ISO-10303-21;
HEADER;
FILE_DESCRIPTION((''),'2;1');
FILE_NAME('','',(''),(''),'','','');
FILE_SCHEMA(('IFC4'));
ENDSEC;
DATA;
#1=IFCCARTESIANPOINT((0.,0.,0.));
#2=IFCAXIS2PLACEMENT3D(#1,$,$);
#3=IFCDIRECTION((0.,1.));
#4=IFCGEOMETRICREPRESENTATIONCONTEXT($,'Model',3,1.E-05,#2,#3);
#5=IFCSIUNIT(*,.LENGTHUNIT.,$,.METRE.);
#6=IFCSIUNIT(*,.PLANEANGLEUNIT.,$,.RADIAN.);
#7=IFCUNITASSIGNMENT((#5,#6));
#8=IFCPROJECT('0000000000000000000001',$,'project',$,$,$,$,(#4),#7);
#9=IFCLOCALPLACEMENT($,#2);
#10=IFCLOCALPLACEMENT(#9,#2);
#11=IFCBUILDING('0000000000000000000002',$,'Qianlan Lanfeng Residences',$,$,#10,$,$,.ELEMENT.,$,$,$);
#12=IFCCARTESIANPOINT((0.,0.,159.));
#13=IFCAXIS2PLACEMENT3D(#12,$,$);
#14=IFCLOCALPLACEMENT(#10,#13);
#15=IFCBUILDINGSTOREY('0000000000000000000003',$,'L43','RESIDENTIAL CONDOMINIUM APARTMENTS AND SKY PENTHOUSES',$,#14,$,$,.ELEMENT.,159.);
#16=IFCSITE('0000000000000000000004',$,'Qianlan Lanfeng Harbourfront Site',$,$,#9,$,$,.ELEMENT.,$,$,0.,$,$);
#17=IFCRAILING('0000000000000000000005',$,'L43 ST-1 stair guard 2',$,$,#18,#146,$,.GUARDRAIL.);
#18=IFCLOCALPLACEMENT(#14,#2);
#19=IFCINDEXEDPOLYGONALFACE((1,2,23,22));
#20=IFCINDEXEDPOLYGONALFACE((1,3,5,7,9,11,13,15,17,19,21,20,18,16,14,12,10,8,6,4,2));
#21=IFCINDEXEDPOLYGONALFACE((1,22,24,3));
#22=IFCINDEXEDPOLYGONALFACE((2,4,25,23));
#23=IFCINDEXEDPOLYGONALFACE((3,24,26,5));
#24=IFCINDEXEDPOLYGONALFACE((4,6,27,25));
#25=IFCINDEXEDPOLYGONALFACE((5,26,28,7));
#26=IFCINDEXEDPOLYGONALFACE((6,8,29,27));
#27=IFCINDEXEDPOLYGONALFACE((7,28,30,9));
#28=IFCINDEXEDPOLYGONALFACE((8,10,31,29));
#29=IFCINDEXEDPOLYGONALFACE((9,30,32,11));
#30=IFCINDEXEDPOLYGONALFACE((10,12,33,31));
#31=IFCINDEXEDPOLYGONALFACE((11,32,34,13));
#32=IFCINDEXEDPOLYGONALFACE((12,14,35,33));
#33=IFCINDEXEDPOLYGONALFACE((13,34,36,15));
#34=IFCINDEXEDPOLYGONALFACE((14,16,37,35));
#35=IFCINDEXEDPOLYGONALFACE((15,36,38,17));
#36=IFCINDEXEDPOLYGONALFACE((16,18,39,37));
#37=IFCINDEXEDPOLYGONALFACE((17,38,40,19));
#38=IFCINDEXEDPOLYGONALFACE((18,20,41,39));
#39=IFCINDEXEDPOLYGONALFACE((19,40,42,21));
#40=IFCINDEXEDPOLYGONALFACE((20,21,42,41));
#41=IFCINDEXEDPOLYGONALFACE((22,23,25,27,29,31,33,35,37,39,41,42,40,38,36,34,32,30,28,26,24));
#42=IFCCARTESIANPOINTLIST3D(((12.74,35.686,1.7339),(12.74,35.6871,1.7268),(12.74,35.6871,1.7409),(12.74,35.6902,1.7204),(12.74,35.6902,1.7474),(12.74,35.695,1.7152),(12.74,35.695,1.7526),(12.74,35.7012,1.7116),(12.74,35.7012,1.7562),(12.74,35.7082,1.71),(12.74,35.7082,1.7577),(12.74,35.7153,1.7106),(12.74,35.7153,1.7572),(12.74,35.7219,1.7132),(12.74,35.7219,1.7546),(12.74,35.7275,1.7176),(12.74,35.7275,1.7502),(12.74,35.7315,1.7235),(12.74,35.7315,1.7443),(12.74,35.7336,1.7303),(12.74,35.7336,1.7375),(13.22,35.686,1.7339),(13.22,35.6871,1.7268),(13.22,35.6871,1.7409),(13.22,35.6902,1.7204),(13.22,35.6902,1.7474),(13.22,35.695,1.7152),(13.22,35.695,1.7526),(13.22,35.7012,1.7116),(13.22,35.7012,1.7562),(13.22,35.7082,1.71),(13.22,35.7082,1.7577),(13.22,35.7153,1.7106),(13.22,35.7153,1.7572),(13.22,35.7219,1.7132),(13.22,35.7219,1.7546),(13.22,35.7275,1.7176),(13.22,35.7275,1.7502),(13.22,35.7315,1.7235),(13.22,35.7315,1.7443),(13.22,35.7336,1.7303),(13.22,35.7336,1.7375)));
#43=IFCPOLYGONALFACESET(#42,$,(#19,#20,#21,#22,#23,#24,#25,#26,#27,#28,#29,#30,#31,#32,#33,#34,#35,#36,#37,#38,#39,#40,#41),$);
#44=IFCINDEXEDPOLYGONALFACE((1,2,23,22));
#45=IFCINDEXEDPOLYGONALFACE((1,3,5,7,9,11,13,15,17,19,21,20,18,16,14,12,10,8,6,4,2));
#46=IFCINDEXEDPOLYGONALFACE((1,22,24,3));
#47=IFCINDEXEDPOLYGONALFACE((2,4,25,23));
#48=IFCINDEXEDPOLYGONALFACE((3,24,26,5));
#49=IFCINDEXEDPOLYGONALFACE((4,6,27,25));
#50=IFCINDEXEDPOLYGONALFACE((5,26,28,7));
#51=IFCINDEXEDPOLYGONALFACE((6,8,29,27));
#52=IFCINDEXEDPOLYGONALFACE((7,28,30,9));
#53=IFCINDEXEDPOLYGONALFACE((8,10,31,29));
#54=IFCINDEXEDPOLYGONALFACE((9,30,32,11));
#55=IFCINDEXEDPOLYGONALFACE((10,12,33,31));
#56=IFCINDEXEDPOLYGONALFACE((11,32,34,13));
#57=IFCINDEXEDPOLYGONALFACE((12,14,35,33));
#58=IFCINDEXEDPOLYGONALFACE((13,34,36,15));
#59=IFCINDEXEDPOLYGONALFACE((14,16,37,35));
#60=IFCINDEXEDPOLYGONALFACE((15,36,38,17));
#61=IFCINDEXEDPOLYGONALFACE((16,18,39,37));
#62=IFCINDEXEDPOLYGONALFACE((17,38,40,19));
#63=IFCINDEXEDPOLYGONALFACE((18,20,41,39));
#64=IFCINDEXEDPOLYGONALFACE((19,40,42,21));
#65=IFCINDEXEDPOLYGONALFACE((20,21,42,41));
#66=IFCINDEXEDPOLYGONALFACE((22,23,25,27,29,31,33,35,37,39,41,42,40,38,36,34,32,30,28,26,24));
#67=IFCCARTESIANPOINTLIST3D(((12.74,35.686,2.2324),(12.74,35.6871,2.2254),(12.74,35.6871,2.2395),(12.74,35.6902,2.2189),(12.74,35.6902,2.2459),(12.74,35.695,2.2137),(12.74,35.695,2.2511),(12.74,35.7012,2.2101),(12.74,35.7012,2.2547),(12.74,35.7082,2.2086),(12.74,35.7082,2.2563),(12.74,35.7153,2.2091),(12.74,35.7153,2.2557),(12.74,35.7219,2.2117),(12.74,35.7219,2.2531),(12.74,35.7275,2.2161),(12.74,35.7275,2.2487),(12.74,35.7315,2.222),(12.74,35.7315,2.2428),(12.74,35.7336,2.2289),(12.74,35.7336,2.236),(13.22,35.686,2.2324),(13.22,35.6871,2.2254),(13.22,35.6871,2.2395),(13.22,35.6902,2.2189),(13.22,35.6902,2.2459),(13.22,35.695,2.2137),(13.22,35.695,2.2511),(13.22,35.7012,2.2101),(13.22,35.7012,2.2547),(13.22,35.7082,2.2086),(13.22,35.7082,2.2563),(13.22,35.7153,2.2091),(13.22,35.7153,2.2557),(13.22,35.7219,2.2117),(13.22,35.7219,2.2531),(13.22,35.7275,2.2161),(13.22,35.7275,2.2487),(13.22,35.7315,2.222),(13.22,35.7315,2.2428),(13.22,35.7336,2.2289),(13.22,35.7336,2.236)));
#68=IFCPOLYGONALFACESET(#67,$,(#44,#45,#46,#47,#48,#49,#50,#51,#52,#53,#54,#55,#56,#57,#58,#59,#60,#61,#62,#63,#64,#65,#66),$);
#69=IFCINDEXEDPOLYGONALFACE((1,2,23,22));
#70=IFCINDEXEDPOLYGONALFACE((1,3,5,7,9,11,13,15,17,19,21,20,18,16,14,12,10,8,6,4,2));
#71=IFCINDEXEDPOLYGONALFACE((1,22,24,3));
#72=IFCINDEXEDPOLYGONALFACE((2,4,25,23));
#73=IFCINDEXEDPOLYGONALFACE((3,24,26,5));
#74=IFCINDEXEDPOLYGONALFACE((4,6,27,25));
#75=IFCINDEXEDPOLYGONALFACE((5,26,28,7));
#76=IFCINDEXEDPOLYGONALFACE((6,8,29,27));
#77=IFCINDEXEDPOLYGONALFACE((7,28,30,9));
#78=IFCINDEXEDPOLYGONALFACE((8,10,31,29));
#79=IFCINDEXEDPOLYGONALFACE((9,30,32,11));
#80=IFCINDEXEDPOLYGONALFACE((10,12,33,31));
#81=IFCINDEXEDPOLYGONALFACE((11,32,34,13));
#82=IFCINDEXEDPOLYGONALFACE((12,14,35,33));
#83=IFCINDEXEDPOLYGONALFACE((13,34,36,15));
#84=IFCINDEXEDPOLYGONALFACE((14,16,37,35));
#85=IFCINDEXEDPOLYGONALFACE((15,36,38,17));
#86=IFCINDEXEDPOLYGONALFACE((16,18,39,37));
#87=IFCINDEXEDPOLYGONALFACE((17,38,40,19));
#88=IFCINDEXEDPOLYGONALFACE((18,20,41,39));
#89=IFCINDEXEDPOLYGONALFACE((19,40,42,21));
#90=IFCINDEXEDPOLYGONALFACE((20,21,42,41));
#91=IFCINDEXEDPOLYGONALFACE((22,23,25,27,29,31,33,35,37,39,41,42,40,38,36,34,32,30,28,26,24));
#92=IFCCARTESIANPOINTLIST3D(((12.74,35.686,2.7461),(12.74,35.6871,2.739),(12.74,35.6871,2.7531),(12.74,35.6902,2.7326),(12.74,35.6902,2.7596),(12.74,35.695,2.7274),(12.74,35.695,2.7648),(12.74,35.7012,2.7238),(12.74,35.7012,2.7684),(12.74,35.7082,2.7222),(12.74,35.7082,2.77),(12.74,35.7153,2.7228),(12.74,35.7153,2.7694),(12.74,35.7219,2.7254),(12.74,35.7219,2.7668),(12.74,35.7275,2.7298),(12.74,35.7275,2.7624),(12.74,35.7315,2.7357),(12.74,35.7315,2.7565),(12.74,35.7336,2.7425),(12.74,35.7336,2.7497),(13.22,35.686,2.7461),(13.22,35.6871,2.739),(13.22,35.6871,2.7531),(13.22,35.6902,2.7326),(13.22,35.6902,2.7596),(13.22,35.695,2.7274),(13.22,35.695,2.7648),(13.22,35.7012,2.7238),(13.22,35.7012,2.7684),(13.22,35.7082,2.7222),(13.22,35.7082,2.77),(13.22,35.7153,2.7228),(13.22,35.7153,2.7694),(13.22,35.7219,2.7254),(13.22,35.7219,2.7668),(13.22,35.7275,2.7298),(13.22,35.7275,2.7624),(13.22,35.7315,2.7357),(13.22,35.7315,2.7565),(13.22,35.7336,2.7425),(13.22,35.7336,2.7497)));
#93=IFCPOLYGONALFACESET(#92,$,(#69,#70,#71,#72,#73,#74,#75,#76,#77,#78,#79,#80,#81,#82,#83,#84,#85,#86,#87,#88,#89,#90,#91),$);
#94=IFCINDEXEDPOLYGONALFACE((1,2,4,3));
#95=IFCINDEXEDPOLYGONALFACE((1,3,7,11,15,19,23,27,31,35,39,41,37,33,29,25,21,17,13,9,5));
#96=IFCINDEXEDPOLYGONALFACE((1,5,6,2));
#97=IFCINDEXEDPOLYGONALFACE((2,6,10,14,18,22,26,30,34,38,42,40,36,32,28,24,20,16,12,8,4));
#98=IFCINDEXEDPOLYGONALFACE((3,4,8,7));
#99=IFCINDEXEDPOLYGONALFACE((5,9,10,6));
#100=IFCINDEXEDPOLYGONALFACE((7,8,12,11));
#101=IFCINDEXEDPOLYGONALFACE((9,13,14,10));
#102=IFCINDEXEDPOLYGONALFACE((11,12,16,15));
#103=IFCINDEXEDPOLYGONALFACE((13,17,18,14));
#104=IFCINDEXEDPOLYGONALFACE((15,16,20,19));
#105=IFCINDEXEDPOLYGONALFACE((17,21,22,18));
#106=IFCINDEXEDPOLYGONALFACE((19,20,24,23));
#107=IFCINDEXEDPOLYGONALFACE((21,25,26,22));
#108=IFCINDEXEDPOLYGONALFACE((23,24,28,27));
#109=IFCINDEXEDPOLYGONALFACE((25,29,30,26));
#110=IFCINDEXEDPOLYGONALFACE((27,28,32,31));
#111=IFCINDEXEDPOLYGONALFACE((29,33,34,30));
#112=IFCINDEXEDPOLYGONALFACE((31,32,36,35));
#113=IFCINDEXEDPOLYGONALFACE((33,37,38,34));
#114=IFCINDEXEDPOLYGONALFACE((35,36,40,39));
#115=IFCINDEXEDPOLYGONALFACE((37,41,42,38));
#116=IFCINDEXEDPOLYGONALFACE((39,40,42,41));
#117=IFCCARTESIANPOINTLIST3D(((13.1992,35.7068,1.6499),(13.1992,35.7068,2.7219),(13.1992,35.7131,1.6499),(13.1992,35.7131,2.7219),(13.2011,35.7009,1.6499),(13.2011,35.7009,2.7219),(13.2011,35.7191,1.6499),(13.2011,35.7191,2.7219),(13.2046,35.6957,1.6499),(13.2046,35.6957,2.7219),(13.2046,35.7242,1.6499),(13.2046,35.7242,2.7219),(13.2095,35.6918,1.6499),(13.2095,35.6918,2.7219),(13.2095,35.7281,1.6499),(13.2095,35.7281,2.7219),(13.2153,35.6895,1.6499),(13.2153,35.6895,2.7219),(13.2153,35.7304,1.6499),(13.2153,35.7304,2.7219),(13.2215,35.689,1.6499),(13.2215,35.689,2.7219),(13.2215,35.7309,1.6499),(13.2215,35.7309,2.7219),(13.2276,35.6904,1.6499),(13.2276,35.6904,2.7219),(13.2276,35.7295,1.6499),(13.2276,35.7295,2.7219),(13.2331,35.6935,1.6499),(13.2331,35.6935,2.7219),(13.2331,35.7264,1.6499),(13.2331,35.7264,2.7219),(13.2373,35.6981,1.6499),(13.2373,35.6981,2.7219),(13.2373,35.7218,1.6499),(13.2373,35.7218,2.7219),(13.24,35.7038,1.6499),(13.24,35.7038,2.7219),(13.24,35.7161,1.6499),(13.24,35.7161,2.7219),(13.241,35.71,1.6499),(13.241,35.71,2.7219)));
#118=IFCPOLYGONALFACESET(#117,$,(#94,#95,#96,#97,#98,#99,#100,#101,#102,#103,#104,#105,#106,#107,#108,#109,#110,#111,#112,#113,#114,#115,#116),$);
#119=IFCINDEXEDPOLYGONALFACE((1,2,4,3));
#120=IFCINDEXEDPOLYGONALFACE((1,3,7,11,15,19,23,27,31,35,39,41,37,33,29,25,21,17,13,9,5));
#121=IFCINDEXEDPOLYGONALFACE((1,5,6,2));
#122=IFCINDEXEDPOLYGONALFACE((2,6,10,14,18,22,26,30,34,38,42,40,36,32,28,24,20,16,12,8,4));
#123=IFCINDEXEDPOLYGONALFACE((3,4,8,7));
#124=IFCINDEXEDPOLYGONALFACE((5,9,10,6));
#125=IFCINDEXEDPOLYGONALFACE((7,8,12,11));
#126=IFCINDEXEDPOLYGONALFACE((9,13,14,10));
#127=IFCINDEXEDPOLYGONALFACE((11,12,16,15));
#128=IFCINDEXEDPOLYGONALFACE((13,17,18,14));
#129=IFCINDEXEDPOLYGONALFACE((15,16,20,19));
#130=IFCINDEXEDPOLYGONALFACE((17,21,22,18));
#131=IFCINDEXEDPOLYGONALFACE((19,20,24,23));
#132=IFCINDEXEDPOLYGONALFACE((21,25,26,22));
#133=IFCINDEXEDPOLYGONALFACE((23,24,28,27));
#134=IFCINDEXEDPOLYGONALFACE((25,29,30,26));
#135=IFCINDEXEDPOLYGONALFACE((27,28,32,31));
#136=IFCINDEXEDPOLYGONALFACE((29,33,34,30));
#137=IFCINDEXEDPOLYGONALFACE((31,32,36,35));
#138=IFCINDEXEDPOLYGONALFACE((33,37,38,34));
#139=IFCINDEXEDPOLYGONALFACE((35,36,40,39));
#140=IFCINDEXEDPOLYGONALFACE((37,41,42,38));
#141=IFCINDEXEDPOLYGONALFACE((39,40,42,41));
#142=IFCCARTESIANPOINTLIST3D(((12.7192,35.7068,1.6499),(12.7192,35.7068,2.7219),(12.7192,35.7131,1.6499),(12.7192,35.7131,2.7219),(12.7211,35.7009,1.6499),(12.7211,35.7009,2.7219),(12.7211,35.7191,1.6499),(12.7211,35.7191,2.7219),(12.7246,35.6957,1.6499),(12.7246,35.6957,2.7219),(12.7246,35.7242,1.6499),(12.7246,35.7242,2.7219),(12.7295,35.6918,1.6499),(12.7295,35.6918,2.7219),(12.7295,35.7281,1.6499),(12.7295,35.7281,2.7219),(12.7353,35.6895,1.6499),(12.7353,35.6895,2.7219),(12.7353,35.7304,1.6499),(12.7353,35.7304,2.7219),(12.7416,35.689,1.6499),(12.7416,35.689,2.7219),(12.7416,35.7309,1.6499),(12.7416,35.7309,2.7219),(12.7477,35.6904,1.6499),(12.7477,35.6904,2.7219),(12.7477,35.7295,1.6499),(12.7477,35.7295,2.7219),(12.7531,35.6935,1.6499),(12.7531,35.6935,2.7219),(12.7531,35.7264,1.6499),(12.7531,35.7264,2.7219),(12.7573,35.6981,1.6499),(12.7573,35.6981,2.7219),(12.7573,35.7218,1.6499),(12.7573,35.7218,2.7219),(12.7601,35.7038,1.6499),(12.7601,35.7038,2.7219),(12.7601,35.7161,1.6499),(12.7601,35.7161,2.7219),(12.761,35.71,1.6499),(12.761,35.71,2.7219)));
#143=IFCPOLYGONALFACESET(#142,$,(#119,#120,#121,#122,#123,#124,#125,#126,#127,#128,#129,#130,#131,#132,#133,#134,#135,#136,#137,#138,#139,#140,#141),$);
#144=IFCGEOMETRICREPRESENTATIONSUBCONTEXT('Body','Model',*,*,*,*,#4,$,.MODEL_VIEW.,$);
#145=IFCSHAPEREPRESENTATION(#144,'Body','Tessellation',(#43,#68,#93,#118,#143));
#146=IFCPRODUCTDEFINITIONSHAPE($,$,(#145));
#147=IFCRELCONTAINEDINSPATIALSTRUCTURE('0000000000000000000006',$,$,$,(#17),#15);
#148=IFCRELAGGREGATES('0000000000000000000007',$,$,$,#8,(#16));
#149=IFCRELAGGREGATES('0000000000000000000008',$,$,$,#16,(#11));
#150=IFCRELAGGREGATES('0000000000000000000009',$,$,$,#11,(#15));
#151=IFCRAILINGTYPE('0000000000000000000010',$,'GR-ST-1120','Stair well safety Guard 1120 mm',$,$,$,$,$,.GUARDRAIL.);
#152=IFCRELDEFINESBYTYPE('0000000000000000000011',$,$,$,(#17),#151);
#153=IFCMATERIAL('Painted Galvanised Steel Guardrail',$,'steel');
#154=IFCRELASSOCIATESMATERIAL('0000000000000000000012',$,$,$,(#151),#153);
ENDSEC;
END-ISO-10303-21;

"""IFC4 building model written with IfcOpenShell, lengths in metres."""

from ifc_helpers import new_model, si_unit, direction, frame, origin, origin_2d, place, context, subcontext, project, spatial, circle, extrude, material, type_object, element, save


model = new_model("IFC4")

# Units and contexts
model_context = context("Model", 3, precision=1e-05, world=origin(), true_north=direction((0.0, 1.0)))
body_context = subcontext(model_context, "Body", "Model", "MODEL_VIEW")
ifc_project = project(units=[si_unit("LENGTHUNIT", "METRE"), si_unit("PLANEANGLEUNIT", "RADIAN")], contexts=[model_context])

# Site, building, storey
site_placement = place(None, origin())
site = spatial("IfcSite", under=ifc_project, at=site_placement, Name="Qianlan Lanfeng Harbourfront Site", CompositionType="ELEMENT", RefElevation=0.0)
building_placement = place(site_placement, origin())
building = spatial("IfcBuilding", under=site, at=building_placement, Name="Qianlan Lanfeng Residences", CompositionType="ELEMENT")
storey_placement = place(building_placement, frame((0.0, 0.0, 159.0)))
storey = spatial("IfcBuildingStorey", under=building, at=storey_placement, Name="L43", Description="RESIDENTIAL CONDOMINIUM APARTMENTS AND SKY PENTHOUSES", CompositionType="ELEMENT", Elevation=159.0)

# Railing
ifc_material_1 = material(Name="Painted Galvanised Steel Guardrail", Category="steel")
railing_type_1 = type_object("IfcRailingType", Name="GR-ST-1120", Description="Stair well safety Guard 1120 mm", PredefinedType="GUARDRAIL", material=ifc_material_1)
railing_1_placement = place(storey_placement, frame((13.22, 35.71, 1.6499)))
element("IfcRailing", 1, at=railing_1_placement, inside=storey, type_object=railing_type_1, Name="L43 ST-1 stair guard 2", PredefinedType="GUARDRAIL", context=body_context, shape_type="SweptSolid", body=[
    extrude(circle(Radius=0.0239, at=origin_2d()), frame((0.0, 0.0, 0.084), z_axis=(-1.0, 0.0, 0.0), x_axis=(0.0, -1.0, 0.0)), (0.0, 0.0, 1.0), 0.48),
    extrude(circle(Radius=0.0239, at=origin_2d()), frame((0.0, 0.0, 0.5825), z_axis=(-1.0, 0.0, 0.0), x_axis=(0.0, -1.0, 0.0)), (0.0, 0.0, 1.0), 0.48),
    extrude(circle(Radius=0.0239, at=origin_2d()), frame((0.0, 0.0, 1.0962), z_axis=(-1.0, 0.0, 0.0), x_axis=(0.0, -1.0, 0.0)), (0.0, 0.0, 1.0), 0.48),
    extrude(circle(Radius=0.021, at=origin_2d()), origin(), (0.0, 0.0, 1.0), 1.072),
    extrude(circle(Radius=0.021, at=origin_2d()), frame((-0.48, 0.0, 0.0)), (0.0, 0.0, 1.0), 1.072),
])

save(model, "model.ifc")
